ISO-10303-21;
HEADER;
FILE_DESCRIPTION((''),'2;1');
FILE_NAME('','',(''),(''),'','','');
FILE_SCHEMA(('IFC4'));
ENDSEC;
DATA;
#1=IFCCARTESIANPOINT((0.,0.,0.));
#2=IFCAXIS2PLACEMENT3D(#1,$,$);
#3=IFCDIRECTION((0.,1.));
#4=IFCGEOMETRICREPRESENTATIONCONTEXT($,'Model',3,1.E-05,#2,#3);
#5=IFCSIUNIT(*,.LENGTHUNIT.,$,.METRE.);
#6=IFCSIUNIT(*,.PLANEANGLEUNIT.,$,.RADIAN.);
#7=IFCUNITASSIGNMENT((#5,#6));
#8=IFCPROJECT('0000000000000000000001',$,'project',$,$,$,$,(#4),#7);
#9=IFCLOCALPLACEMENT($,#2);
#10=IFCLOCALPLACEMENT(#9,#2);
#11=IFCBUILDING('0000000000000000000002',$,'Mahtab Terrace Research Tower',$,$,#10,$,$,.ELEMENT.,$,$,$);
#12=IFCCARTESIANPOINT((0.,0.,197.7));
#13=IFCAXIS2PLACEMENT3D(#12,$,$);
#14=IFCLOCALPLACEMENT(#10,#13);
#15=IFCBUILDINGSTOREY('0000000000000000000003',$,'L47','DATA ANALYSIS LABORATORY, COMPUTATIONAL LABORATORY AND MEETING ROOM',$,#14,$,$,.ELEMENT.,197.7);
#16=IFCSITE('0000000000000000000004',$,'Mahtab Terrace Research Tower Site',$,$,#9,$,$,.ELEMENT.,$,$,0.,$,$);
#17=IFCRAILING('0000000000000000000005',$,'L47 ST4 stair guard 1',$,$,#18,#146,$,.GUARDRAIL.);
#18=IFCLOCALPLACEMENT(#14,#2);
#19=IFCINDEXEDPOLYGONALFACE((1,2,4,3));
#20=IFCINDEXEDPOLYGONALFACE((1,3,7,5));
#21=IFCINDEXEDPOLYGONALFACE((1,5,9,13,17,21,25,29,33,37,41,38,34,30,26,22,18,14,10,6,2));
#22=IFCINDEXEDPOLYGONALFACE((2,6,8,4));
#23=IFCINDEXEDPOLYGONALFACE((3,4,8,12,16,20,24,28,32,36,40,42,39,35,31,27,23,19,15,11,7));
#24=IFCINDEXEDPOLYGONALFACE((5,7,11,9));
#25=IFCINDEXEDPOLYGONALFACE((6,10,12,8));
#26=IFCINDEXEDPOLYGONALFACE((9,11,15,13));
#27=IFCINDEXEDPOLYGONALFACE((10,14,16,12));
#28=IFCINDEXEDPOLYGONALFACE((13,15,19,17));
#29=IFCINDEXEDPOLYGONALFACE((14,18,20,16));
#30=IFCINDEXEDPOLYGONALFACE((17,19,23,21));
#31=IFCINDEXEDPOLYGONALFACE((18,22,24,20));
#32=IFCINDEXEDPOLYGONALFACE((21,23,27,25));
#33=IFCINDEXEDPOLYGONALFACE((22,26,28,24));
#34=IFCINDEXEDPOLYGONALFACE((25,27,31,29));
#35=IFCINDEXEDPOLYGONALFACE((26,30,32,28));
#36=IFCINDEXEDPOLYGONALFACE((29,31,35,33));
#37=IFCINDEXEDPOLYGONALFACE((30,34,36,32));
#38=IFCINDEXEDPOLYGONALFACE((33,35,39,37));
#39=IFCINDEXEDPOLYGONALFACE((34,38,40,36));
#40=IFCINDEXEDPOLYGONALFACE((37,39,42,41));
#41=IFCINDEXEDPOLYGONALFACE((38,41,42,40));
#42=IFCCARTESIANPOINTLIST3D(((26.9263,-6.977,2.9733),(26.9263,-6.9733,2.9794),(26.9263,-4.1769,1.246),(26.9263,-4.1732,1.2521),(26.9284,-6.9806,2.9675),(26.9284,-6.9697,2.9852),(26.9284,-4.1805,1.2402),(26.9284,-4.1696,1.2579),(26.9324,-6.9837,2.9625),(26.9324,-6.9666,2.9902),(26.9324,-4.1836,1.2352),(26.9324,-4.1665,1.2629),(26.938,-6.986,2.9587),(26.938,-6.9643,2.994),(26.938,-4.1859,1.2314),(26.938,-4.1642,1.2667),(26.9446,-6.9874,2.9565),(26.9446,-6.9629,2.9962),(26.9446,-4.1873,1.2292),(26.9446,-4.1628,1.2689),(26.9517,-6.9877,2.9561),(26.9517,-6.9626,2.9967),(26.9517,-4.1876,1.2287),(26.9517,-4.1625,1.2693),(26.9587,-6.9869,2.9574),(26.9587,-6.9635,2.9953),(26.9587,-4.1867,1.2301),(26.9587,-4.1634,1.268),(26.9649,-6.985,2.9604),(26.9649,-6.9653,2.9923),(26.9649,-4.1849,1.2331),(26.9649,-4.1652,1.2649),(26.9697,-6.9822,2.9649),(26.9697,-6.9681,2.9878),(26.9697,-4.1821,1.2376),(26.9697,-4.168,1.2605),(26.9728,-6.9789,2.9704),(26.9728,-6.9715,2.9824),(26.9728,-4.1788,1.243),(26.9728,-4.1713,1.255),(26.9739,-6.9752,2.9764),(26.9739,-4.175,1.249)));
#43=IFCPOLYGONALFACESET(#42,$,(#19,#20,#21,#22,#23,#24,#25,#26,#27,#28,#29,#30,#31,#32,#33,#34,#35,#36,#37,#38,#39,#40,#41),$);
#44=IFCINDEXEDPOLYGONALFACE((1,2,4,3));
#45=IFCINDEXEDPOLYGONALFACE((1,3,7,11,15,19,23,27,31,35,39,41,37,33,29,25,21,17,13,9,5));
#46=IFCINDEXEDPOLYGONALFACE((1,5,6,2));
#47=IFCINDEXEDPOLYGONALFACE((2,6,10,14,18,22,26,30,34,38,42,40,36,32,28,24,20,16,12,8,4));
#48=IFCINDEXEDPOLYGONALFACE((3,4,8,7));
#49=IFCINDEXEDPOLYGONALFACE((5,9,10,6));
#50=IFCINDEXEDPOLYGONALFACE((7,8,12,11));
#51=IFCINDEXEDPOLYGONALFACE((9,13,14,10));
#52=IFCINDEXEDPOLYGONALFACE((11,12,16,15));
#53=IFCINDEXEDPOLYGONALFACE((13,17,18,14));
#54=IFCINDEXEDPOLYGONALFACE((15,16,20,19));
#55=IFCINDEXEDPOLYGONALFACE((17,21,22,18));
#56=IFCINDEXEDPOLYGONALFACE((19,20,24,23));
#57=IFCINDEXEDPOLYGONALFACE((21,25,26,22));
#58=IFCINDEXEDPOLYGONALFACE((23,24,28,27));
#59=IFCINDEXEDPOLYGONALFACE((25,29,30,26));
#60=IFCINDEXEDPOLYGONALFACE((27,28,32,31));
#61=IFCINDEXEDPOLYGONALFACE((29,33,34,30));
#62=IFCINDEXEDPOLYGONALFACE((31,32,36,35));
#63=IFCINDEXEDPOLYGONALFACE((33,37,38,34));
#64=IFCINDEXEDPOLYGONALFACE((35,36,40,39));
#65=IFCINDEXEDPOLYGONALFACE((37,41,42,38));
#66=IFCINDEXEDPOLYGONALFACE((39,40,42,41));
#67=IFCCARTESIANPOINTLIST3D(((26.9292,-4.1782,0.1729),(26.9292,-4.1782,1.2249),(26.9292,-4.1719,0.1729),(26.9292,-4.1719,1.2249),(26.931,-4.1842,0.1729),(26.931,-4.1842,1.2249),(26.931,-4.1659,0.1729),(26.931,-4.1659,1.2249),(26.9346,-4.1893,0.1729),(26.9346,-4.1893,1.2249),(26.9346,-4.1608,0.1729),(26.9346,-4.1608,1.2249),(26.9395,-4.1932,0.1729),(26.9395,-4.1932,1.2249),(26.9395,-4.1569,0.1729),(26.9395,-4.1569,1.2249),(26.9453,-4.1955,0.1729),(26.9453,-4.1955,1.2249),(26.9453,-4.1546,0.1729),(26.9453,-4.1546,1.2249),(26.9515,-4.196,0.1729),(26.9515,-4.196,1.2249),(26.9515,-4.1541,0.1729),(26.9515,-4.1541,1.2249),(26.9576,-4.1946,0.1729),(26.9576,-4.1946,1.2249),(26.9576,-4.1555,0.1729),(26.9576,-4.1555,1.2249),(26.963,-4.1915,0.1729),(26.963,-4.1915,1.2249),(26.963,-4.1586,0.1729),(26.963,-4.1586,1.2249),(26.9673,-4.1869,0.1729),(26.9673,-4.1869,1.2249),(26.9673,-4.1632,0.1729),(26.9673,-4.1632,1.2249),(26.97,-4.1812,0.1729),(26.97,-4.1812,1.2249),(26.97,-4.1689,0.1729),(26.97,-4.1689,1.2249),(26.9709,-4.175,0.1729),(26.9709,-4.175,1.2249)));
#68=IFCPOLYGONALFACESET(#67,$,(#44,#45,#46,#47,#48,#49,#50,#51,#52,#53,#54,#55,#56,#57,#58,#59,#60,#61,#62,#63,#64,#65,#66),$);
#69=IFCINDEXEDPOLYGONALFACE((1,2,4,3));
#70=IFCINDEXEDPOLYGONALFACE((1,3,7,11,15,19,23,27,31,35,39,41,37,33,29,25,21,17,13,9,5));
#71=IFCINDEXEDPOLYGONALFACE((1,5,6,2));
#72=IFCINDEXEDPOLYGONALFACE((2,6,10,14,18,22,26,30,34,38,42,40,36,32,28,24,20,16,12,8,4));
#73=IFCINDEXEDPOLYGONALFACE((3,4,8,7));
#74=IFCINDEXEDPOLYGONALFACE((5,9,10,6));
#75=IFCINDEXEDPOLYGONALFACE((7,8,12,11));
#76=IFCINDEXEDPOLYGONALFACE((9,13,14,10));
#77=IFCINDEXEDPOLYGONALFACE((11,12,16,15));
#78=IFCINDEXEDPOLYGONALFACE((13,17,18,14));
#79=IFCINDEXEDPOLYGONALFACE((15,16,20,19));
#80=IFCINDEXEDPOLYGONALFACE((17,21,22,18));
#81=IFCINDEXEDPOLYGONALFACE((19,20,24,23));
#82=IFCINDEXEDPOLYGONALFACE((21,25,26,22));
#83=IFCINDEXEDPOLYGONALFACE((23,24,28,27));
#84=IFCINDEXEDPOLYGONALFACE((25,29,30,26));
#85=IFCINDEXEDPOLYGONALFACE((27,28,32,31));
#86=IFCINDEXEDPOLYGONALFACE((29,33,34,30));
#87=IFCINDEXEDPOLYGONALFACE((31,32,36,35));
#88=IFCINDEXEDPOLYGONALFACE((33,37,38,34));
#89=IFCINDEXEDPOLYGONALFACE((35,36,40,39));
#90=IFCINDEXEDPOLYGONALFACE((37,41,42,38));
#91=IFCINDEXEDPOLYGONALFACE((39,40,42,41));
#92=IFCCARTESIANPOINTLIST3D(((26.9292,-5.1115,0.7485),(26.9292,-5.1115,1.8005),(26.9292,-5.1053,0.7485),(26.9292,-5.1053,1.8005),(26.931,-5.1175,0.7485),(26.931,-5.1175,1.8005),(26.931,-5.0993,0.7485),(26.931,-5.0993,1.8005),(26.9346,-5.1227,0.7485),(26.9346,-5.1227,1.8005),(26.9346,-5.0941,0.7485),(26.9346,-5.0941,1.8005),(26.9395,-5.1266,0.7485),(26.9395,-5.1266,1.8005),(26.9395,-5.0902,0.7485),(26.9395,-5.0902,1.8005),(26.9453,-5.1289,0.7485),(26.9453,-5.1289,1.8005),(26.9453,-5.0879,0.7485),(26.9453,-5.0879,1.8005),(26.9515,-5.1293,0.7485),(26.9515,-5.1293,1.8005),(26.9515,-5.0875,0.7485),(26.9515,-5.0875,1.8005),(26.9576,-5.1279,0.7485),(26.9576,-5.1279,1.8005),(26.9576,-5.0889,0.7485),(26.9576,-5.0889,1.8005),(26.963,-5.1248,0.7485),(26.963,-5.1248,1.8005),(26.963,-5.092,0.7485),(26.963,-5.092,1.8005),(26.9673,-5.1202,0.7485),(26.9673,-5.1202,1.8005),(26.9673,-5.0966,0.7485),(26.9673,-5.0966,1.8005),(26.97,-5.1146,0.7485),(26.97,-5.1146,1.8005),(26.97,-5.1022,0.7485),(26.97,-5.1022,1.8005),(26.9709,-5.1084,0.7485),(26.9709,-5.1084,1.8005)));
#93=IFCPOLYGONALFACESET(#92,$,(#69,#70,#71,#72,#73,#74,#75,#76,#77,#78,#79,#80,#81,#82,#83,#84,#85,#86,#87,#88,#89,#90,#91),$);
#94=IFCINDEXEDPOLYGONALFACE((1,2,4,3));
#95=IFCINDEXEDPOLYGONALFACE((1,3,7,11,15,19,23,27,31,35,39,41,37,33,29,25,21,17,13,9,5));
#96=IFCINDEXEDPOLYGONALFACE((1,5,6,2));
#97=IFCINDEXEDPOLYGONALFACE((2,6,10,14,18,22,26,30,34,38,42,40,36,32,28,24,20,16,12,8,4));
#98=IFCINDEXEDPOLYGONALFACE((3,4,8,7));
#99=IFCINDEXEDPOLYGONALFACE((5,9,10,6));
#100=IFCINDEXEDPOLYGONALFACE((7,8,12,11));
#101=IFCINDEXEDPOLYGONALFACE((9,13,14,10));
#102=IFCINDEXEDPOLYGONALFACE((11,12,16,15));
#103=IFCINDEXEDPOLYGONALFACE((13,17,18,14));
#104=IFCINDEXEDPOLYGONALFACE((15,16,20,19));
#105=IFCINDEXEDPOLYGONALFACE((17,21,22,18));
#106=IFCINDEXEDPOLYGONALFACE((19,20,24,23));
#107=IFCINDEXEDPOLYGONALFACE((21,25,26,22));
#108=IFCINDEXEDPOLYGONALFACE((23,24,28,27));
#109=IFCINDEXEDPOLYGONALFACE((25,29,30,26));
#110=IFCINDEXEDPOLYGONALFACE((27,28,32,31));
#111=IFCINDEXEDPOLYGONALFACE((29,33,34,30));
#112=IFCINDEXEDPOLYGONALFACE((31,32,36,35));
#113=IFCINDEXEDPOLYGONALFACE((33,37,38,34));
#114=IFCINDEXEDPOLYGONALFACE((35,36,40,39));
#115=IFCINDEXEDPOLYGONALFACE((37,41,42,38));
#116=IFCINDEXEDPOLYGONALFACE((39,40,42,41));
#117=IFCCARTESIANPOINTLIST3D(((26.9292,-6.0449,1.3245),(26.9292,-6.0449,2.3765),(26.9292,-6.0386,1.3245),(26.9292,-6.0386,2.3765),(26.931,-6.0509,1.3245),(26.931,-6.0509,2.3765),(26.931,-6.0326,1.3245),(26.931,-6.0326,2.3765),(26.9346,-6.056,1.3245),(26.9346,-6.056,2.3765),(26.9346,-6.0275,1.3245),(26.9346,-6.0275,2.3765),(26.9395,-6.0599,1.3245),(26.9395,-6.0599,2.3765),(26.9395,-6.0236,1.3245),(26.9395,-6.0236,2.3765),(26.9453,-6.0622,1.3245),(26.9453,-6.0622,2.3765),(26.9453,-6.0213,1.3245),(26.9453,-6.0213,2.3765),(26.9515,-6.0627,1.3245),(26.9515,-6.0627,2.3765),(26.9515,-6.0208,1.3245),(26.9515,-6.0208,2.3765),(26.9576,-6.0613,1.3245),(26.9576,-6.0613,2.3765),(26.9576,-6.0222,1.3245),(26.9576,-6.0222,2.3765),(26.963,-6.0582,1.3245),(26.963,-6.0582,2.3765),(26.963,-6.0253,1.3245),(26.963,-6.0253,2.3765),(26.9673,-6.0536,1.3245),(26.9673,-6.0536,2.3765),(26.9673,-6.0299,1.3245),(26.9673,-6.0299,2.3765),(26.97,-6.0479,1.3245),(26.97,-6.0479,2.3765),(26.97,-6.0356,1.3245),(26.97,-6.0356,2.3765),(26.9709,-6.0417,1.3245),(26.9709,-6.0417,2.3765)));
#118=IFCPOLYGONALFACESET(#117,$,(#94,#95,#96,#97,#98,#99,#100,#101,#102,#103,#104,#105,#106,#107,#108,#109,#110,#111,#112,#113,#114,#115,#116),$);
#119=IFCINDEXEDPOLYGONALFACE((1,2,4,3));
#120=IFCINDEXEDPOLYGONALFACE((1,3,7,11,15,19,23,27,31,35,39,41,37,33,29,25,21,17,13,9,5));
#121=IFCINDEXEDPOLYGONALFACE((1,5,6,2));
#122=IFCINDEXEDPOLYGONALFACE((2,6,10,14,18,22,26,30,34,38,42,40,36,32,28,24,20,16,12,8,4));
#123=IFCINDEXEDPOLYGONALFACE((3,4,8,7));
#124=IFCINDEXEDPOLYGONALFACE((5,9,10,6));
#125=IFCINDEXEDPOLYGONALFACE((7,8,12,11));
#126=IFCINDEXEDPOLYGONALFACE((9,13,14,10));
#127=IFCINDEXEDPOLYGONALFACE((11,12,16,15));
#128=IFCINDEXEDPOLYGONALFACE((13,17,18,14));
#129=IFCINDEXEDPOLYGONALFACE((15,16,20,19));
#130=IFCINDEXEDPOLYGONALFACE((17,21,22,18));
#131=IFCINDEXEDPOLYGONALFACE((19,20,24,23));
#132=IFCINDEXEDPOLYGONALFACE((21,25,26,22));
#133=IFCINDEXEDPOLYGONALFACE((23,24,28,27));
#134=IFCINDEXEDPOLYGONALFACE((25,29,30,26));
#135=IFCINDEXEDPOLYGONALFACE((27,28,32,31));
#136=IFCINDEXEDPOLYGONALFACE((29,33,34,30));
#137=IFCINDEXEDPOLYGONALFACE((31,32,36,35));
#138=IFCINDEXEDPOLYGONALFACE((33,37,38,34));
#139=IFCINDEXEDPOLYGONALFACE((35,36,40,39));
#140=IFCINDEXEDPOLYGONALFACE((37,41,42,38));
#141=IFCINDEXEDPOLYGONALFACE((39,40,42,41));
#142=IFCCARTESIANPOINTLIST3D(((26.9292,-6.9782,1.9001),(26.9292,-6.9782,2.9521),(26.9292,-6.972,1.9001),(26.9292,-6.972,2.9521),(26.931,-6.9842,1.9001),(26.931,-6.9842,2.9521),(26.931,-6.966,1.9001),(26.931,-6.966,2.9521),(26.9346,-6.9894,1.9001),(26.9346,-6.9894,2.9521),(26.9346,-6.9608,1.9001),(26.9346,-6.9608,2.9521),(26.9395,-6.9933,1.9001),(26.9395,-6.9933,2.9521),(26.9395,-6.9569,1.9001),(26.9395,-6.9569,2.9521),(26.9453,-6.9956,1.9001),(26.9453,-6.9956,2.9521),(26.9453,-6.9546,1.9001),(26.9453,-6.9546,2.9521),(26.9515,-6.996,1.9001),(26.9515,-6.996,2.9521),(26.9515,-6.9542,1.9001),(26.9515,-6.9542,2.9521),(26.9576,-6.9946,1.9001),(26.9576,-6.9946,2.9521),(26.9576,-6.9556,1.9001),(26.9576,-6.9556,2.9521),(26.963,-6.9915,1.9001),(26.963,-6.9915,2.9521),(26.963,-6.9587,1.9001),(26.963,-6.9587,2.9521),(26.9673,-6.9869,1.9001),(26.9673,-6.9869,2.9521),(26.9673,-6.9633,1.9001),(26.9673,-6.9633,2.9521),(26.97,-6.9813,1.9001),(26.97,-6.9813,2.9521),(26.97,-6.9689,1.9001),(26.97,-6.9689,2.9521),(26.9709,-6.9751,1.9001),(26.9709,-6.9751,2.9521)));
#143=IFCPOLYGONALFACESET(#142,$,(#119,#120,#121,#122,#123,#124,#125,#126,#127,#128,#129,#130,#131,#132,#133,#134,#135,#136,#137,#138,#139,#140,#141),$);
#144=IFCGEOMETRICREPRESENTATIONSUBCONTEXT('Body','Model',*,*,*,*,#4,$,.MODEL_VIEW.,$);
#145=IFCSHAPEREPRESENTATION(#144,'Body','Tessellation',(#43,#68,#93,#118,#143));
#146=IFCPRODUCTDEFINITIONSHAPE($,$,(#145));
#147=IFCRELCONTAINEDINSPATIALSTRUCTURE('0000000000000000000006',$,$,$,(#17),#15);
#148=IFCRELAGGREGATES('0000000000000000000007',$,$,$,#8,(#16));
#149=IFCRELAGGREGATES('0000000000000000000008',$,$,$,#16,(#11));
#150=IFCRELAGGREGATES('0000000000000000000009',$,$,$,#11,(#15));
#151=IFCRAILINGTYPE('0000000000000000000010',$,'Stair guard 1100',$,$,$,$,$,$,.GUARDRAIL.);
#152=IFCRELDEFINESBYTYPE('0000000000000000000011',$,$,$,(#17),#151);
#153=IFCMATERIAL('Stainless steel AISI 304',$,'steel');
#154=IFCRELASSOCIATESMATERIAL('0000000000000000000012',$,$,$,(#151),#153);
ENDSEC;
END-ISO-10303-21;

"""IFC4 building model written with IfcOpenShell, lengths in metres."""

from ifc_helpers import new_model, si_unit, direction, frame, origin, origin_2d, place, context, subcontext, project, spatial, circle, extrude, material, type_object, element, save


model = new_model("IFC4")

# Units and contexts
model_context = context("Model", 3, precision=1e-05, world=origin(), true_north=direction((0.0, 1.0)))
body_context = subcontext(model_context, "Body", "Model", "MODEL_VIEW")
ifc_project = project(units=[si_unit("LENGTHUNIT", "METRE"), si_unit("PLANEANGLEUNIT", "RADIAN")], contexts=[model_context])

# Site, building, storey
site_placement = place(None, origin())
site = spatial("IfcSite", under=ifc_project, at=site_placement, Name="Mahtab Terrace Research Tower Site", CompositionType="ELEMENT", RefElevation=0.0)
building_placement = place(site_placement, origin())
building = spatial("IfcBuilding", under=site, at=building_placement, Name="Mahtab Terrace Research Tower", CompositionType="ELEMENT")
storey_placement = place(building_placement, frame((0.0, 0.0, 197.7)))
storey = spatial("IfcBuildingStorey", under=building, at=storey_placement, Name="L47", Description="DATA ANALYSIS LABORATORY, COMPUTATIONAL LABORATORY AND MEETING ROOM", CompositionType="ELEMENT", Elevation=197.7)

# Railing
ifc_material_1 = material(Name="Stainless steel AISI 304", Category="steel")
railing_type_1 = type_object("IfcRailingType", Name="Stair guard 1100", PredefinedType="GUARDRAIL", material=ifc_material_1)
railing_1_placement = place(storey_placement, frame((26.95, -4.175, 0.1729)))
element("IfcRailing", 1, at=railing_1_placement, inside=storey, type_object=railing_type_1, Name="L47 ST4 stair guard 1", PredefinedType="GUARDRAIL", context=body_context, shape_type="SweptSolid", body=[
    extrude(circle(Radius=0.0239, at=origin_2d()), frame((0.0, 0.0, 1.0762), z_axis=(0.0, -0.85109, 0.52502), x_axis=(1.0, 0.0, 0.0)), (0.0, 0.0, 1.0), 3.29),
    extrude(circle(Radius=0.021, at=origin_2d()), origin(), (0.0, 0.0, 1.0), 1.052),
    extrude(circle(Radius=0.021, at=origin_2d()), frame((0.0, -0.9333, 0.5757)), (0.0, 0.0, 1.0), 1.052),
    extrude(circle(Radius=0.021, at=origin_2d()), frame((0.0, -1.8667, 1.1516)), (0.0, 0.0, 1.0), 1.052),
    extrude(circle(Radius=0.021, at=origin_2d()), frame((0.0, -2.8, 1.7273)), (0.0, 0.0, 1.0), 1.052),
])

save(model, "model.ifc")
